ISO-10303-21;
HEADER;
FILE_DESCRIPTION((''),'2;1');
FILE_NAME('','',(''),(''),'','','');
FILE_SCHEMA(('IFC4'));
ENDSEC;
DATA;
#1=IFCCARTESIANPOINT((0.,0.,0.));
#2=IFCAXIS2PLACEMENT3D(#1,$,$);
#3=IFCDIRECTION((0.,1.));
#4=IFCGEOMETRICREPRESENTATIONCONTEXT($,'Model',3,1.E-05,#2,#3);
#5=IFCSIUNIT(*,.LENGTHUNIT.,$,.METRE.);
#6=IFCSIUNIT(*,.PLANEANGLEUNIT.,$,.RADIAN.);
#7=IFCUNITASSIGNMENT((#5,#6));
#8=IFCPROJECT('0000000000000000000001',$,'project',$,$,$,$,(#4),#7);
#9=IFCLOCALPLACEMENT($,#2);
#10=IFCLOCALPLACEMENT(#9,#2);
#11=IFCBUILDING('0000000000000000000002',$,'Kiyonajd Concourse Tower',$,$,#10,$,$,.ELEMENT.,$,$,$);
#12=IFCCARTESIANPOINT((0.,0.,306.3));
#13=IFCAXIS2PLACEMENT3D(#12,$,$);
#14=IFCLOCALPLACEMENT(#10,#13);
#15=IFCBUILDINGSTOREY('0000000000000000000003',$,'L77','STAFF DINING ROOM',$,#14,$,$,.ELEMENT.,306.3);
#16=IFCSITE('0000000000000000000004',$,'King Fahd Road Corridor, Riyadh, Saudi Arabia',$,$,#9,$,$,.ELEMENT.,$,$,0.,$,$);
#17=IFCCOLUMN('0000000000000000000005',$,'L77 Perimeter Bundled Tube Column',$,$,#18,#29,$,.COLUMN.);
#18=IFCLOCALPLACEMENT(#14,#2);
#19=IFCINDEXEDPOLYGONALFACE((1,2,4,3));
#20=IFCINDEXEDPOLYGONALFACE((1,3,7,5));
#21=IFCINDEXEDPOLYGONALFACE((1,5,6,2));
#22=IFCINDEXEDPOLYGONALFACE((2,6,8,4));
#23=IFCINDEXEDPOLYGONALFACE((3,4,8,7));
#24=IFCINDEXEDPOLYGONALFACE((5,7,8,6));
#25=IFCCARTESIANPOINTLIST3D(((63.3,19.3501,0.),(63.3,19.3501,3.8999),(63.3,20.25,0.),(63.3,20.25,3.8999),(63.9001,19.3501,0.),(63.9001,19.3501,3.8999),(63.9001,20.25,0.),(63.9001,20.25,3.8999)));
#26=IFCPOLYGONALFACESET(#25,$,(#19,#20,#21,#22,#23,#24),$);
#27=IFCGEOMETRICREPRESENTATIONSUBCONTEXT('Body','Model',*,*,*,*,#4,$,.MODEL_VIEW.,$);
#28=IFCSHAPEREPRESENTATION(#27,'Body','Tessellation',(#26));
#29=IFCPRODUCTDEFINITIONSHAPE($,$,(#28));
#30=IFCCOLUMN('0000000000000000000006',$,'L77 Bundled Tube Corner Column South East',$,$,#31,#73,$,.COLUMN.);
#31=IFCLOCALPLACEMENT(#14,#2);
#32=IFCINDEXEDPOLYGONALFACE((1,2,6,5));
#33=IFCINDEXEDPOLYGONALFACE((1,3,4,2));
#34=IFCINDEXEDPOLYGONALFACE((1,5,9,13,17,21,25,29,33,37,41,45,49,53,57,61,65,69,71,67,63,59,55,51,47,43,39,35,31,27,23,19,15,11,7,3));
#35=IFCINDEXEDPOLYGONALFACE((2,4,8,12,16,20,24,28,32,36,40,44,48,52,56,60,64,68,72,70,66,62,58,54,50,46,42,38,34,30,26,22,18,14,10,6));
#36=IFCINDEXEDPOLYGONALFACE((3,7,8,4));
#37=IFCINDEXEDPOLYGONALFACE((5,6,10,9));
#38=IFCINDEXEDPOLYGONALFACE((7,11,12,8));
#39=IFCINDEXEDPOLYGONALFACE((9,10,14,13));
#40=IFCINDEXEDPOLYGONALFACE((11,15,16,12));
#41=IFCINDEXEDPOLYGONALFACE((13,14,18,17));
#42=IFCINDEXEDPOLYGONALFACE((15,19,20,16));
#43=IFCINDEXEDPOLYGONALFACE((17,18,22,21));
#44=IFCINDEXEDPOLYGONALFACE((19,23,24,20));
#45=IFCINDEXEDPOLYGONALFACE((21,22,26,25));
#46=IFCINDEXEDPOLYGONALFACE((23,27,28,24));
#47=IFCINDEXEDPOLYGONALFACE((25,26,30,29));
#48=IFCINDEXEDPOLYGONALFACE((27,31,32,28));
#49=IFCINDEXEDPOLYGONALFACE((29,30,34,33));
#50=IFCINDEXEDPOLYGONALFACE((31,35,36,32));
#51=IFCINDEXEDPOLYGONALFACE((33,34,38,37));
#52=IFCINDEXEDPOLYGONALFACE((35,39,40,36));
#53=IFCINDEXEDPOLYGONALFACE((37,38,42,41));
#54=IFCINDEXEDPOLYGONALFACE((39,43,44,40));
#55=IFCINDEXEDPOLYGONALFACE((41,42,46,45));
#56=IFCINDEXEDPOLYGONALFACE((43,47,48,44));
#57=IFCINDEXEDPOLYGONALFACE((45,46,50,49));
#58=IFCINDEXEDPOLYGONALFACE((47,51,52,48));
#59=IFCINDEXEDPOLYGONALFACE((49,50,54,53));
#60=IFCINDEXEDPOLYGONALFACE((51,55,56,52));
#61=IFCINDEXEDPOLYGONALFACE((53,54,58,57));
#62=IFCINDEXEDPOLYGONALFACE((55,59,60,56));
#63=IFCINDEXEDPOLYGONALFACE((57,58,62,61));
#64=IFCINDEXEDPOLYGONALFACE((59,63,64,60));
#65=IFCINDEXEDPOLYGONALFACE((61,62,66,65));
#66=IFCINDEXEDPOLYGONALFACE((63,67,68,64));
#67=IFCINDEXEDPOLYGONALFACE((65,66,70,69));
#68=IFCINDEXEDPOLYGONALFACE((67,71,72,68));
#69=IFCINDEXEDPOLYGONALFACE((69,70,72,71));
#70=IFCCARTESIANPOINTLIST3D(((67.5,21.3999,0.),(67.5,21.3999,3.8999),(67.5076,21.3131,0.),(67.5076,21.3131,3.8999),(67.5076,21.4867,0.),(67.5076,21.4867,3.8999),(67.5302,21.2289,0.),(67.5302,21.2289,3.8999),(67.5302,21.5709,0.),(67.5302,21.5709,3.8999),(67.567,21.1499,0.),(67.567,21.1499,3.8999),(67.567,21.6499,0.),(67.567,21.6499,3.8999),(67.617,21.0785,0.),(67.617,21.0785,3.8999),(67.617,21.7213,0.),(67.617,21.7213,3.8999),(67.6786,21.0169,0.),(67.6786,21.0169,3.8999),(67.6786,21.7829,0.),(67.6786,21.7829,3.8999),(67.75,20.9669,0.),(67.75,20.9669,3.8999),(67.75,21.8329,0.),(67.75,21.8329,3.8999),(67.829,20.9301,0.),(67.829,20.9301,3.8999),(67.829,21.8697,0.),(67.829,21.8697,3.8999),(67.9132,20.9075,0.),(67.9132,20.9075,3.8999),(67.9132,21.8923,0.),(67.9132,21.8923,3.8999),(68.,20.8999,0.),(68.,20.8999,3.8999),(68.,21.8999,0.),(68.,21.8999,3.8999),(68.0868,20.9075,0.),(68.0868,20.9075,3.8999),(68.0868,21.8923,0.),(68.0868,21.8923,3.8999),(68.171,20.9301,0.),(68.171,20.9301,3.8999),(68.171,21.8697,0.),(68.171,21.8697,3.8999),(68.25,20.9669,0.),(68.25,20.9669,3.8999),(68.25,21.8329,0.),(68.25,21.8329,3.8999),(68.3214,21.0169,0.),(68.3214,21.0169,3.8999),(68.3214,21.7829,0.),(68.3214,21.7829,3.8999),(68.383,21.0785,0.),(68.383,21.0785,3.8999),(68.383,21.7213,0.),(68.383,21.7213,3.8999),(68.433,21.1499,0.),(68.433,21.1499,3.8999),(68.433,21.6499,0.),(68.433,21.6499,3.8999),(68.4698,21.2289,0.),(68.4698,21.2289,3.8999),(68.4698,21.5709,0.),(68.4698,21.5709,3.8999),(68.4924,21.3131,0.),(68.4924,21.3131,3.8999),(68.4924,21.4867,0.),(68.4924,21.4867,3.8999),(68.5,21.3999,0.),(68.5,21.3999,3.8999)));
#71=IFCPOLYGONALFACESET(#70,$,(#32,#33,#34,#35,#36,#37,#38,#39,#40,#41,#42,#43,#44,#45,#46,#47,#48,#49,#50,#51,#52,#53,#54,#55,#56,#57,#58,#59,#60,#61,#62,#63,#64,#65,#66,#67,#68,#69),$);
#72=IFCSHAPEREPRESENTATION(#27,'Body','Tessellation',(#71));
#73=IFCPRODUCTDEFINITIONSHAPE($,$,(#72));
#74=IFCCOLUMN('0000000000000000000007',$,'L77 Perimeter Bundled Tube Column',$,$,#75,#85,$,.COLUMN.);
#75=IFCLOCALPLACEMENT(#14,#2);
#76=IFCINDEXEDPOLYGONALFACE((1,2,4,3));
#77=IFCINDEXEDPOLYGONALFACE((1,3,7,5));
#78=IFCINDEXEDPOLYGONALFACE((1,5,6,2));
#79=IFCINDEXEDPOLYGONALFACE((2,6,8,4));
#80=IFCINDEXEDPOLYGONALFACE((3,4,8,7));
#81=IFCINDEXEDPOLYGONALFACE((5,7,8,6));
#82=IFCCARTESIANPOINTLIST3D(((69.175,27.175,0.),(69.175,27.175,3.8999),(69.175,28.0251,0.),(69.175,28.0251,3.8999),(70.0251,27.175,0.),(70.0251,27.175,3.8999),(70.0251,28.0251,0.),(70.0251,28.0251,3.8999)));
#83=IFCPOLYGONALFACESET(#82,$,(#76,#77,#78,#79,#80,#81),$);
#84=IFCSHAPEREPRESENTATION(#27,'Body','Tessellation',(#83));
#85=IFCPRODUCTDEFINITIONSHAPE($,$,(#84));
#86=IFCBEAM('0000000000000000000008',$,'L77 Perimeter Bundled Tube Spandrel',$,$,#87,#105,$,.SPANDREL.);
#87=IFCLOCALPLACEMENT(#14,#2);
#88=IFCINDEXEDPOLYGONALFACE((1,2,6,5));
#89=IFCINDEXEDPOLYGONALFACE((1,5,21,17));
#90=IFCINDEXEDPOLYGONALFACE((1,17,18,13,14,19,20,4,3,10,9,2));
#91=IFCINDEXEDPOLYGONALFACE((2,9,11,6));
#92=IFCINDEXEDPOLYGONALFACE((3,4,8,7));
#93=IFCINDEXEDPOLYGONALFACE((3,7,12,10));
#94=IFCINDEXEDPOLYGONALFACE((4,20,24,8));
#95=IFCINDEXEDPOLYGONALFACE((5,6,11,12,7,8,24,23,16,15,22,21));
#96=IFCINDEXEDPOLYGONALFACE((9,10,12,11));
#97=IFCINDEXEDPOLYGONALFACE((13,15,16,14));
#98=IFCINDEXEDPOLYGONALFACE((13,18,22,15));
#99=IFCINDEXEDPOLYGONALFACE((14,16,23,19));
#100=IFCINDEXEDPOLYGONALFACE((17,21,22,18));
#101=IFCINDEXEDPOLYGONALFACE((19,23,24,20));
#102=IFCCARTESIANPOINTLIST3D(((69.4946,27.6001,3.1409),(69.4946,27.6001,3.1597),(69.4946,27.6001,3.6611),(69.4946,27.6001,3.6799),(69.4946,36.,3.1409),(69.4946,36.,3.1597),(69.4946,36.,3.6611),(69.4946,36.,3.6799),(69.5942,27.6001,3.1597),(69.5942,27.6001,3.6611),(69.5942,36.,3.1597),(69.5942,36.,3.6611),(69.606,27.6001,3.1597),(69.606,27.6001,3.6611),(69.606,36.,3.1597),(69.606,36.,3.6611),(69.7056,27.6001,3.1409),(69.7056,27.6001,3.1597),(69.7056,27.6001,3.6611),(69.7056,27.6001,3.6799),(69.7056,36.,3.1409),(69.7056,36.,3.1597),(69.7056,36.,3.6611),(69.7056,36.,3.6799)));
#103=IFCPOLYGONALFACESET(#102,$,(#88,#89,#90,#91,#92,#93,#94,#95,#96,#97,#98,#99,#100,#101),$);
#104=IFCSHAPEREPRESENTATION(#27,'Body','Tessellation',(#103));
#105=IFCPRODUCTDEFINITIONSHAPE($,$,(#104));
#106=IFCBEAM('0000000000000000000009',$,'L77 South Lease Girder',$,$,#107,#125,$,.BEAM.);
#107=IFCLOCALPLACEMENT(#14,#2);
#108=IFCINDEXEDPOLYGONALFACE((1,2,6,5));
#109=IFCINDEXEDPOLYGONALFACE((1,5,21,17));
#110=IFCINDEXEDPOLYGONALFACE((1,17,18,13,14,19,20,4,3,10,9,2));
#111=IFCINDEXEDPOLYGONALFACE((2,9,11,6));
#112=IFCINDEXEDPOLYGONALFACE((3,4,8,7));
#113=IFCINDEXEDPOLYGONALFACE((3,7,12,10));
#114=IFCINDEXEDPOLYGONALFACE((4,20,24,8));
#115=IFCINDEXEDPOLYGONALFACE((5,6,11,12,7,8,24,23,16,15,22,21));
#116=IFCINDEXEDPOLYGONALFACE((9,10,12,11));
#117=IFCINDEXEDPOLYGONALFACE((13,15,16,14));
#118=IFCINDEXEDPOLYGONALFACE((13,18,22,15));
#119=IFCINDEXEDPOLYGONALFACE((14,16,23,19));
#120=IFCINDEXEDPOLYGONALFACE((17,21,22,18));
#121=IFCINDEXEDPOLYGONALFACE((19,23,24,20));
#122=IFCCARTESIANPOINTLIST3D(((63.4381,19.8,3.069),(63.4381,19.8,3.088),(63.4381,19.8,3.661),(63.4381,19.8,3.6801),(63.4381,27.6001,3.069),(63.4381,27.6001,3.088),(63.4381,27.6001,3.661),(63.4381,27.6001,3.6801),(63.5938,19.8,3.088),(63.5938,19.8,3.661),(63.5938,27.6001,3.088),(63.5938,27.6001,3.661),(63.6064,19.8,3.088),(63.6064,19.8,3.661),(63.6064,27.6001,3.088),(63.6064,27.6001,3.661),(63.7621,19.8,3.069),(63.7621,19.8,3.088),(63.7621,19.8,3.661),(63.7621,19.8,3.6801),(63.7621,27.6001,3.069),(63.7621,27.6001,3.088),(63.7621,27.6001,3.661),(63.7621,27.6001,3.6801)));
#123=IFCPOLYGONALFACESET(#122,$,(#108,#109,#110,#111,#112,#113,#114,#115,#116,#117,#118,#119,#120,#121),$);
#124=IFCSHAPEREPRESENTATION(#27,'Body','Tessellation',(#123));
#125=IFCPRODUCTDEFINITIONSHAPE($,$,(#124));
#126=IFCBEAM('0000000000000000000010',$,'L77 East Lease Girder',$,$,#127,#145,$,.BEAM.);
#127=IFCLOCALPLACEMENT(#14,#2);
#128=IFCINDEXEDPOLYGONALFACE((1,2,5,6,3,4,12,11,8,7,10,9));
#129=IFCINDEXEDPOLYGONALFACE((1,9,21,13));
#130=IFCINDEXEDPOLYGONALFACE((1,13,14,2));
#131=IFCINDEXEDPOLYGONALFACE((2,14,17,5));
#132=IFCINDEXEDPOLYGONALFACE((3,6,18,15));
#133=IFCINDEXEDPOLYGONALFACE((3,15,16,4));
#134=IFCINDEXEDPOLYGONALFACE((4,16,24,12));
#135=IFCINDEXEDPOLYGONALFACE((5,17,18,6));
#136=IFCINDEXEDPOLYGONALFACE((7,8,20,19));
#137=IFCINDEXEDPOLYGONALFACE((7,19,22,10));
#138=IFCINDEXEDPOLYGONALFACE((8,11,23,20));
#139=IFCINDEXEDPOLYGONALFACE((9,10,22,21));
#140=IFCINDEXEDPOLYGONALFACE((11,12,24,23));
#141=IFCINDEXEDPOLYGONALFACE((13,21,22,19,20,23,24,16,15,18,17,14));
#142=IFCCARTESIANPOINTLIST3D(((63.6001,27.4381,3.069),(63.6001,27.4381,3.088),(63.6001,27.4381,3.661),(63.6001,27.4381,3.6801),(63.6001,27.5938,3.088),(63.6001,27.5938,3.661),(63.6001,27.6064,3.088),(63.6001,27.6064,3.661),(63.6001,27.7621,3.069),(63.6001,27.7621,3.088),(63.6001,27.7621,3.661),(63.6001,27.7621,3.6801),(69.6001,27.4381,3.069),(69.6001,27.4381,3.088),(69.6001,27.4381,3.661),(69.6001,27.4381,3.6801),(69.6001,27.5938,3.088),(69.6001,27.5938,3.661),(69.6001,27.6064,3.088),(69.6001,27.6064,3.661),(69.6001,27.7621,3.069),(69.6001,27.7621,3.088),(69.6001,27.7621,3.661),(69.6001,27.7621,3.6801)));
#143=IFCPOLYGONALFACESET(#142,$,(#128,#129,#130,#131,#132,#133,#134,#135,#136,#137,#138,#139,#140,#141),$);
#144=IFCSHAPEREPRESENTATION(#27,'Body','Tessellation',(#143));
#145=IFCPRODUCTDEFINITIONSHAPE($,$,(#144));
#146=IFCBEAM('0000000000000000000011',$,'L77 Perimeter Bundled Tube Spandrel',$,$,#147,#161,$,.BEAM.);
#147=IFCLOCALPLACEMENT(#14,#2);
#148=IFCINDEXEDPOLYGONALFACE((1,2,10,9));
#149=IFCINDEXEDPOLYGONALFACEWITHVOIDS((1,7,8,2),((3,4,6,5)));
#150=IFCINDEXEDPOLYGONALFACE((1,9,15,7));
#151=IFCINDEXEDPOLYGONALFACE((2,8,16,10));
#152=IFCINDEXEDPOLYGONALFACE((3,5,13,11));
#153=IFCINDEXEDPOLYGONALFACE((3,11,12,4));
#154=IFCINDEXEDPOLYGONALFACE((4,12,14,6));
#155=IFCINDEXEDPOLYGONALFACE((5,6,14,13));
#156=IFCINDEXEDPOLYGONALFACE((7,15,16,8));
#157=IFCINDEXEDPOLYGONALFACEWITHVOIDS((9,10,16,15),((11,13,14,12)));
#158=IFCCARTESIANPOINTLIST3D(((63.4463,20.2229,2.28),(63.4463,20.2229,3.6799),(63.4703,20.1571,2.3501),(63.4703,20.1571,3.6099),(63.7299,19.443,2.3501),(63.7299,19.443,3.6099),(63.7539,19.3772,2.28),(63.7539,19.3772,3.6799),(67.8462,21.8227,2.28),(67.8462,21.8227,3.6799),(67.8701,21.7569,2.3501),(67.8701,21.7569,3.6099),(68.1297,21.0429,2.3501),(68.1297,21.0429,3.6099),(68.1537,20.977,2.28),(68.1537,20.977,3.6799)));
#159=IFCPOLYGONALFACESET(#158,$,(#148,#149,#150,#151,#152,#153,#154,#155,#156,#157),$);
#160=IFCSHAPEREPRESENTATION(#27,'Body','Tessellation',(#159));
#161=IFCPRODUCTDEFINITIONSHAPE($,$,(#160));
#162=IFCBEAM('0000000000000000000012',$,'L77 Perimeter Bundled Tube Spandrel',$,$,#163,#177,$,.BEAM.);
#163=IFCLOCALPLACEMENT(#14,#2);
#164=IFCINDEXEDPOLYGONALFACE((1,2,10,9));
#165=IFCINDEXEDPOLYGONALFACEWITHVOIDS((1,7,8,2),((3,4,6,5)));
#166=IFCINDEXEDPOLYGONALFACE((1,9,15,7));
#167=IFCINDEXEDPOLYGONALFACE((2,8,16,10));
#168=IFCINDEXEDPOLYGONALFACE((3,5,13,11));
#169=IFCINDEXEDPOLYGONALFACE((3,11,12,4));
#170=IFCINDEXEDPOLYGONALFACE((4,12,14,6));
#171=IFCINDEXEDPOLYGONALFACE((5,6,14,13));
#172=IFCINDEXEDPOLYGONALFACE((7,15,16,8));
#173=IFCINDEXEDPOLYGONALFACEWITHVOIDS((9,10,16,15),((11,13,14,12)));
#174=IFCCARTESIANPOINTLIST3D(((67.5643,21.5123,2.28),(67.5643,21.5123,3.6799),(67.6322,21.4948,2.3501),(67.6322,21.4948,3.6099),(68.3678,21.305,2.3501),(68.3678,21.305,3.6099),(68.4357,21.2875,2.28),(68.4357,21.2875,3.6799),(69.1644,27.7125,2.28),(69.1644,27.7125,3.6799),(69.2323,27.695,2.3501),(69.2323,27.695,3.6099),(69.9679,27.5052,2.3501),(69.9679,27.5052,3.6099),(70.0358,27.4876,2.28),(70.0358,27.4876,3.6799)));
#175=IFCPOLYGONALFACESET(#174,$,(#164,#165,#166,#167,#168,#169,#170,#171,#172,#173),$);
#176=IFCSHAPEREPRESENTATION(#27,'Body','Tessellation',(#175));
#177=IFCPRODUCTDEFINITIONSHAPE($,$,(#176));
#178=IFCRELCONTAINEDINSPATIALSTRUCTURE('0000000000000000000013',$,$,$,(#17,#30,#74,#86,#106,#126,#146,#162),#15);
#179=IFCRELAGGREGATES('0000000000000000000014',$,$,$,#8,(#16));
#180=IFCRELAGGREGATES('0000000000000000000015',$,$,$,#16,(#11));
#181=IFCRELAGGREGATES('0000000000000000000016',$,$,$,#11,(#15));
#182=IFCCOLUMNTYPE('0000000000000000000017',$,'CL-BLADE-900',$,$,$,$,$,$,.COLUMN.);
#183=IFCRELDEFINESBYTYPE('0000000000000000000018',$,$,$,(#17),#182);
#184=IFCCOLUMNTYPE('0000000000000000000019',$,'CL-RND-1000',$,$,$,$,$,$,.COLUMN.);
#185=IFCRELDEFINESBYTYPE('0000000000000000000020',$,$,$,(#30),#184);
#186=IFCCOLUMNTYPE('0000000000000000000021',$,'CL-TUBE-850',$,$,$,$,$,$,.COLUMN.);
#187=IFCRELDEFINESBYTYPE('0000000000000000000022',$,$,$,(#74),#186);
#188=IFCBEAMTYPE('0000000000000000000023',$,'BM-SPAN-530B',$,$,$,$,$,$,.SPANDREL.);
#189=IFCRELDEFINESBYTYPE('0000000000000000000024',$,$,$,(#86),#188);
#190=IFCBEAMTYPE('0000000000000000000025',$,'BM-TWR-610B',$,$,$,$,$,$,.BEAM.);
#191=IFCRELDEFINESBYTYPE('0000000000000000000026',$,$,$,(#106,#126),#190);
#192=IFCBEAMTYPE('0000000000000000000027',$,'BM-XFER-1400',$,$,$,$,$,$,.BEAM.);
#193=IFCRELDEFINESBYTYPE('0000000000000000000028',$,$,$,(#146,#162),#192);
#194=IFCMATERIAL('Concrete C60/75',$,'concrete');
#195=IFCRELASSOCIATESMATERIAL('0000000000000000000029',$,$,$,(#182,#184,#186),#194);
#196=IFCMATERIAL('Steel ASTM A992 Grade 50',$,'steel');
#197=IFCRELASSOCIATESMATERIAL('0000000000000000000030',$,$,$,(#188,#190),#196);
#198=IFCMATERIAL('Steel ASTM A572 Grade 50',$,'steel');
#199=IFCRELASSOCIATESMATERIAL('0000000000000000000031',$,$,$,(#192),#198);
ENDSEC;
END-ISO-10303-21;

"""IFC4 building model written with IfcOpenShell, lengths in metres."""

from ifc_helpers import new_model, si_unit, direction, frame, origin, origin_2d, place, context, subcontext, project, spatial, rectangle, hollow_rectangle, circle, i_section, extrude, material, material_profile, profile_set, type_object, element, save


model = new_model("IFC4")

# Units and contexts
model_context = context("Model", 3, precision=1e-05, world=origin(), true_north=direction((0.0, 1.0)))
body_context = subcontext(model_context, "Body", "Model", "MODEL_VIEW")
ifc_project = project(units=[si_unit("LENGTHUNIT", "METRE"), si_unit("PLANEANGLEUNIT", "RADIAN")], contexts=[model_context])

# Site, building, storey
site_placement = place(None, origin())
site = spatial("IfcSite", under=ifc_project, at=site_placement, Name="King Fahd Road Corridor, Riyadh, Saudi Arabia", CompositionType="ELEMENT", RefElevation=0.0)
building_placement = place(site_placement, origin())
building = spatial("IfcBuilding", under=site, at=building_placement, Name="Kiyonajd Concourse Tower", CompositionType="ELEMENT")
storey_placement = place(building_placement, frame((0.0, 0.0, 306.3)))
storey = spatial("IfcBuildingStorey", under=building, at=storey_placement, Name="L77", Description="STAFF DINING ROOM", CompositionType="ELEMENT", Elevation=306.3)

# Columns
ifc_material_1 = material(Name="Concrete C60/75", Category="concrete")
ifc_material_profile_1 = material_profile(ifc_material_1, rectangle(XDim=0.6001, YDim=0.8999, at=origin_2d()), Name="RC-900x600")
ifc_profile_set_1 = profile_set([ifc_material_profile_1], Name="Concrete C60/75")
column_type_1 = type_object("IfcColumnType", Name="CL-BLADE-900", PredefinedType="COLUMN", material=ifc_profile_set_1)
column_1_placement = place(storey_placement, frame((63.6001, 19.8, 0.0), z_axis=(0.0, 0.0, 1.0), x_axis=(1.0, 0.0, 0.0)))
element("IfcColumn", 1, at=column_1_placement, inside=storey, type_object=column_type_1, Name="L77 Perimeter Bundled Tube Column", PredefinedType="COLUMN", context=body_context, shape_type="SweptSolid", body=[
    extrude(rectangle(XDim=0.6001, YDim=0.8999, at=origin_2d()), origin(), (0.0, 0.0, 1.0), 3.8999),
])
ifc_material_profile_2 = material_profile(ifc_material_1, circle(Radius=0.5, at=origin_2d()), Name="RCC-D1000")
ifc_profile_set_2 = profile_set([ifc_material_profile_2], Name="Concrete C60/75")
column_type_2 = type_object("IfcColumnType", Name="CL-RND-1000", PredefinedType="COLUMN", material=ifc_profile_set_2)
column_2_placement = place(storey_placement, frame((68.0, 21.3999, 0.0), z_axis=(0.0, 0.0, 1.0), x_axis=(1.0, 0.0, 0.0)))
element("IfcColumn", 2, at=column_2_placement, inside=storey, type_object=column_type_2, Name="L77 Bundled Tube Corner Column South East", PredefinedType="COLUMN", context=body_context, shape_type="SweptSolid", body=[
    extrude(circle(Radius=0.5, at=origin_2d()), origin(), (0.0, 0.0, 1.0), 3.8999),
])
ifc_material_profile_3 = material_profile(ifc_material_1, rectangle(XDim=0.8501, YDim=0.8501, at=origin_2d()), Name="RC-850x850")
ifc_profile_set_3 = profile_set([ifc_material_profile_3], Name="Concrete C60/75")
column_type_3 = type_object("IfcColumnType", Name="CL-TUBE-850", PredefinedType="COLUMN", material=ifc_profile_set_3)
column_3_placement = place(storey_placement, frame((69.6001, 27.6001, 0.0), z_axis=(0.0, 0.0, 1.0), x_axis=(1.0, 0.0, 0.0)))
element("IfcColumn", 3, at=column_3_placement, inside=storey, type_object=column_type_3, Name="L77 Perimeter Bundled Tube Column", PredefinedType="COLUMN", context=body_context, shape_type="SweptSolid", body=[
    extrude(rectangle(XDim=0.8501, YDim=0.8501, at=origin_2d()), origin(), (0.0, 0.0, 1.0), 3.8999),
])

# Beams
ifc_material_2 = material(Name="Steel ASTM A992 Grade 50", Category="steel")
ifc_material_profile_4 = material_profile(ifc_material_2, i_section(OverallWidth=0.2109, OverallDepth=0.5391, WebThickness=0.0117, FlangeThickness=0.0188, at=origin_2d()), Name="W530X109")
ifc_profile_set_4 = profile_set([ifc_material_profile_4], Name="Steel ASTM A992 Grade 50")
beam_type_1 = type_object("IfcBeamType", Name="BM-SPAN-530B", PredefinedType="SPANDREL", material=ifc_profile_set_4)
beam_1_placement = place(storey_placement, frame((69.6001, 27.6001, 3.4104), z_axis=(0.0, 1.0, 0.0), x_axis=(-1.0, 0.0, 0.0)))
element("IfcBeam", 4, at=beam_1_placement, inside=storey, type_object=beam_type_1, Name="L77 Perimeter Bundled Tube Spandrel", PredefinedType="SPANDREL", context=body_context, shape_type="SweptSolid", body=[
    extrude(i_section(OverallWidth=0.2109, OverallDepth=0.5391, WebThickness=0.0117, FlangeThickness=0.0188, at=origin_2d()), origin(), (0.0, 0.0, 1.0), 8.3999),
])
ifc_material_profile_5 = material_profile(ifc_material_2, i_section(OverallWidth=0.324, OverallDepth=0.6111, WebThickness=0.0127, FlangeThickness=0.019, at=origin_2d()), Name="W610X155")
ifc_profile_set_5 = profile_set([ifc_material_profile_5], Name="Steel ASTM A992 Grade 50")
beam_type_2 = type_object("IfcBeamType", Name="BM-TWR-610B", PredefinedType="BEAM", material=ifc_profile_set_5)
beam_2_placement = place(storey_placement, frame((63.6001, 19.8, 3.3745), z_axis=(0.0, 1.0, 0.0), x_axis=(-1.0, 0.0, 0.0)))
element("IfcBeam", 5, at=beam_2_placement, inside=storey, type_object=beam_type_2, Name="L77 South Lease Girder", PredefinedType="BEAM", context=body_context, shape_type="SweptSolid", body=[
    extrude(i_section(OverallWidth=0.324, OverallDepth=0.6111, WebThickness=0.0127, FlangeThickness=0.019, at=origin_2d()), origin(), (0.0, 0.0, 1.0), 7.8),
])
beam_3_placement = place(storey_placement, frame((63.6001, 27.6001, 3.3745), z_axis=(1.0, 0.0, 0.0), x_axis=(0.0, 1.0, 0.0)))
element("IfcBeam", 6, at=beam_3_placement, inside=storey, type_object=beam_type_2, Name="L77 East Lease Girder", PredefinedType="BEAM", context=body_context, shape_type="SweptSolid", body=[
    extrude(i_section(OverallWidth=0.324, OverallDepth=0.6111, WebThickness=0.0127, FlangeThickness=0.019, at=origin_2d()), origin(), (0.0, 0.0, 1.0), 6.0),
])
ifc_material_3 = material(Name="Steel ASTM A572 Grade 50", Category="steel")
ifc_material_profile_6 = material_profile(ifc_material_3, hollow_rectangle(XDim=0.8999, YDim=1.3999, WallThickness=0.0701, at=origin_2d()), Name="BOX-1400x900x70")
ifc_profile_set_6 = profile_set([ifc_material_profile_6], Name="Steel ASTM A572 Grade 50")
beam_type_3 = type_object("IfcBeamType", Name="BM-XFER-1400", PredefinedType="BEAM", material=ifc_profile_set_6)
beam_4_placement = place(storey_placement, frame((63.6001, 19.8, 2.98), z_axis=(0.939801, 0.341722, 0.0), x_axis=(-0.341722, 0.939801, 0.0)))
element("IfcBeam", 7, at=beam_4_placement, inside=storey, type_object=beam_type_3, Name="L77 Perimeter Bundled Tube Spandrel", PredefinedType="BEAM", context=body_context, shape_type="SweptSolid", body=[
    extrude(hollow_rectangle(XDim=0.8999, YDim=1.3999, WallThickness=0.0701, at=origin_2d()), origin(), (0.0, 0.0, 1.0), 4.6816),
])
beam_5_placement = place(storey_placement, frame((68.0, 21.3999, 2.98), z_axis=(0.249885, 0.968276, 0.0), x_axis=(-0.968276, 0.249885, 0.0)))
element("IfcBeam", 8, at=beam_5_placement, inside=storey, type_object=beam_type_3, Name="L77 Perimeter Bundled Tube Spandrel", PredefinedType="BEAM", context=body_context, shape_type="SweptSolid", body=[
    extrude(hollow_rectangle(XDim=0.8999, YDim=1.3999, WallThickness=0.0701, at=origin_2d()), origin(), (0.0, 0.0, 1.0), 6.4033),
])

save(model, "model.ifc")
